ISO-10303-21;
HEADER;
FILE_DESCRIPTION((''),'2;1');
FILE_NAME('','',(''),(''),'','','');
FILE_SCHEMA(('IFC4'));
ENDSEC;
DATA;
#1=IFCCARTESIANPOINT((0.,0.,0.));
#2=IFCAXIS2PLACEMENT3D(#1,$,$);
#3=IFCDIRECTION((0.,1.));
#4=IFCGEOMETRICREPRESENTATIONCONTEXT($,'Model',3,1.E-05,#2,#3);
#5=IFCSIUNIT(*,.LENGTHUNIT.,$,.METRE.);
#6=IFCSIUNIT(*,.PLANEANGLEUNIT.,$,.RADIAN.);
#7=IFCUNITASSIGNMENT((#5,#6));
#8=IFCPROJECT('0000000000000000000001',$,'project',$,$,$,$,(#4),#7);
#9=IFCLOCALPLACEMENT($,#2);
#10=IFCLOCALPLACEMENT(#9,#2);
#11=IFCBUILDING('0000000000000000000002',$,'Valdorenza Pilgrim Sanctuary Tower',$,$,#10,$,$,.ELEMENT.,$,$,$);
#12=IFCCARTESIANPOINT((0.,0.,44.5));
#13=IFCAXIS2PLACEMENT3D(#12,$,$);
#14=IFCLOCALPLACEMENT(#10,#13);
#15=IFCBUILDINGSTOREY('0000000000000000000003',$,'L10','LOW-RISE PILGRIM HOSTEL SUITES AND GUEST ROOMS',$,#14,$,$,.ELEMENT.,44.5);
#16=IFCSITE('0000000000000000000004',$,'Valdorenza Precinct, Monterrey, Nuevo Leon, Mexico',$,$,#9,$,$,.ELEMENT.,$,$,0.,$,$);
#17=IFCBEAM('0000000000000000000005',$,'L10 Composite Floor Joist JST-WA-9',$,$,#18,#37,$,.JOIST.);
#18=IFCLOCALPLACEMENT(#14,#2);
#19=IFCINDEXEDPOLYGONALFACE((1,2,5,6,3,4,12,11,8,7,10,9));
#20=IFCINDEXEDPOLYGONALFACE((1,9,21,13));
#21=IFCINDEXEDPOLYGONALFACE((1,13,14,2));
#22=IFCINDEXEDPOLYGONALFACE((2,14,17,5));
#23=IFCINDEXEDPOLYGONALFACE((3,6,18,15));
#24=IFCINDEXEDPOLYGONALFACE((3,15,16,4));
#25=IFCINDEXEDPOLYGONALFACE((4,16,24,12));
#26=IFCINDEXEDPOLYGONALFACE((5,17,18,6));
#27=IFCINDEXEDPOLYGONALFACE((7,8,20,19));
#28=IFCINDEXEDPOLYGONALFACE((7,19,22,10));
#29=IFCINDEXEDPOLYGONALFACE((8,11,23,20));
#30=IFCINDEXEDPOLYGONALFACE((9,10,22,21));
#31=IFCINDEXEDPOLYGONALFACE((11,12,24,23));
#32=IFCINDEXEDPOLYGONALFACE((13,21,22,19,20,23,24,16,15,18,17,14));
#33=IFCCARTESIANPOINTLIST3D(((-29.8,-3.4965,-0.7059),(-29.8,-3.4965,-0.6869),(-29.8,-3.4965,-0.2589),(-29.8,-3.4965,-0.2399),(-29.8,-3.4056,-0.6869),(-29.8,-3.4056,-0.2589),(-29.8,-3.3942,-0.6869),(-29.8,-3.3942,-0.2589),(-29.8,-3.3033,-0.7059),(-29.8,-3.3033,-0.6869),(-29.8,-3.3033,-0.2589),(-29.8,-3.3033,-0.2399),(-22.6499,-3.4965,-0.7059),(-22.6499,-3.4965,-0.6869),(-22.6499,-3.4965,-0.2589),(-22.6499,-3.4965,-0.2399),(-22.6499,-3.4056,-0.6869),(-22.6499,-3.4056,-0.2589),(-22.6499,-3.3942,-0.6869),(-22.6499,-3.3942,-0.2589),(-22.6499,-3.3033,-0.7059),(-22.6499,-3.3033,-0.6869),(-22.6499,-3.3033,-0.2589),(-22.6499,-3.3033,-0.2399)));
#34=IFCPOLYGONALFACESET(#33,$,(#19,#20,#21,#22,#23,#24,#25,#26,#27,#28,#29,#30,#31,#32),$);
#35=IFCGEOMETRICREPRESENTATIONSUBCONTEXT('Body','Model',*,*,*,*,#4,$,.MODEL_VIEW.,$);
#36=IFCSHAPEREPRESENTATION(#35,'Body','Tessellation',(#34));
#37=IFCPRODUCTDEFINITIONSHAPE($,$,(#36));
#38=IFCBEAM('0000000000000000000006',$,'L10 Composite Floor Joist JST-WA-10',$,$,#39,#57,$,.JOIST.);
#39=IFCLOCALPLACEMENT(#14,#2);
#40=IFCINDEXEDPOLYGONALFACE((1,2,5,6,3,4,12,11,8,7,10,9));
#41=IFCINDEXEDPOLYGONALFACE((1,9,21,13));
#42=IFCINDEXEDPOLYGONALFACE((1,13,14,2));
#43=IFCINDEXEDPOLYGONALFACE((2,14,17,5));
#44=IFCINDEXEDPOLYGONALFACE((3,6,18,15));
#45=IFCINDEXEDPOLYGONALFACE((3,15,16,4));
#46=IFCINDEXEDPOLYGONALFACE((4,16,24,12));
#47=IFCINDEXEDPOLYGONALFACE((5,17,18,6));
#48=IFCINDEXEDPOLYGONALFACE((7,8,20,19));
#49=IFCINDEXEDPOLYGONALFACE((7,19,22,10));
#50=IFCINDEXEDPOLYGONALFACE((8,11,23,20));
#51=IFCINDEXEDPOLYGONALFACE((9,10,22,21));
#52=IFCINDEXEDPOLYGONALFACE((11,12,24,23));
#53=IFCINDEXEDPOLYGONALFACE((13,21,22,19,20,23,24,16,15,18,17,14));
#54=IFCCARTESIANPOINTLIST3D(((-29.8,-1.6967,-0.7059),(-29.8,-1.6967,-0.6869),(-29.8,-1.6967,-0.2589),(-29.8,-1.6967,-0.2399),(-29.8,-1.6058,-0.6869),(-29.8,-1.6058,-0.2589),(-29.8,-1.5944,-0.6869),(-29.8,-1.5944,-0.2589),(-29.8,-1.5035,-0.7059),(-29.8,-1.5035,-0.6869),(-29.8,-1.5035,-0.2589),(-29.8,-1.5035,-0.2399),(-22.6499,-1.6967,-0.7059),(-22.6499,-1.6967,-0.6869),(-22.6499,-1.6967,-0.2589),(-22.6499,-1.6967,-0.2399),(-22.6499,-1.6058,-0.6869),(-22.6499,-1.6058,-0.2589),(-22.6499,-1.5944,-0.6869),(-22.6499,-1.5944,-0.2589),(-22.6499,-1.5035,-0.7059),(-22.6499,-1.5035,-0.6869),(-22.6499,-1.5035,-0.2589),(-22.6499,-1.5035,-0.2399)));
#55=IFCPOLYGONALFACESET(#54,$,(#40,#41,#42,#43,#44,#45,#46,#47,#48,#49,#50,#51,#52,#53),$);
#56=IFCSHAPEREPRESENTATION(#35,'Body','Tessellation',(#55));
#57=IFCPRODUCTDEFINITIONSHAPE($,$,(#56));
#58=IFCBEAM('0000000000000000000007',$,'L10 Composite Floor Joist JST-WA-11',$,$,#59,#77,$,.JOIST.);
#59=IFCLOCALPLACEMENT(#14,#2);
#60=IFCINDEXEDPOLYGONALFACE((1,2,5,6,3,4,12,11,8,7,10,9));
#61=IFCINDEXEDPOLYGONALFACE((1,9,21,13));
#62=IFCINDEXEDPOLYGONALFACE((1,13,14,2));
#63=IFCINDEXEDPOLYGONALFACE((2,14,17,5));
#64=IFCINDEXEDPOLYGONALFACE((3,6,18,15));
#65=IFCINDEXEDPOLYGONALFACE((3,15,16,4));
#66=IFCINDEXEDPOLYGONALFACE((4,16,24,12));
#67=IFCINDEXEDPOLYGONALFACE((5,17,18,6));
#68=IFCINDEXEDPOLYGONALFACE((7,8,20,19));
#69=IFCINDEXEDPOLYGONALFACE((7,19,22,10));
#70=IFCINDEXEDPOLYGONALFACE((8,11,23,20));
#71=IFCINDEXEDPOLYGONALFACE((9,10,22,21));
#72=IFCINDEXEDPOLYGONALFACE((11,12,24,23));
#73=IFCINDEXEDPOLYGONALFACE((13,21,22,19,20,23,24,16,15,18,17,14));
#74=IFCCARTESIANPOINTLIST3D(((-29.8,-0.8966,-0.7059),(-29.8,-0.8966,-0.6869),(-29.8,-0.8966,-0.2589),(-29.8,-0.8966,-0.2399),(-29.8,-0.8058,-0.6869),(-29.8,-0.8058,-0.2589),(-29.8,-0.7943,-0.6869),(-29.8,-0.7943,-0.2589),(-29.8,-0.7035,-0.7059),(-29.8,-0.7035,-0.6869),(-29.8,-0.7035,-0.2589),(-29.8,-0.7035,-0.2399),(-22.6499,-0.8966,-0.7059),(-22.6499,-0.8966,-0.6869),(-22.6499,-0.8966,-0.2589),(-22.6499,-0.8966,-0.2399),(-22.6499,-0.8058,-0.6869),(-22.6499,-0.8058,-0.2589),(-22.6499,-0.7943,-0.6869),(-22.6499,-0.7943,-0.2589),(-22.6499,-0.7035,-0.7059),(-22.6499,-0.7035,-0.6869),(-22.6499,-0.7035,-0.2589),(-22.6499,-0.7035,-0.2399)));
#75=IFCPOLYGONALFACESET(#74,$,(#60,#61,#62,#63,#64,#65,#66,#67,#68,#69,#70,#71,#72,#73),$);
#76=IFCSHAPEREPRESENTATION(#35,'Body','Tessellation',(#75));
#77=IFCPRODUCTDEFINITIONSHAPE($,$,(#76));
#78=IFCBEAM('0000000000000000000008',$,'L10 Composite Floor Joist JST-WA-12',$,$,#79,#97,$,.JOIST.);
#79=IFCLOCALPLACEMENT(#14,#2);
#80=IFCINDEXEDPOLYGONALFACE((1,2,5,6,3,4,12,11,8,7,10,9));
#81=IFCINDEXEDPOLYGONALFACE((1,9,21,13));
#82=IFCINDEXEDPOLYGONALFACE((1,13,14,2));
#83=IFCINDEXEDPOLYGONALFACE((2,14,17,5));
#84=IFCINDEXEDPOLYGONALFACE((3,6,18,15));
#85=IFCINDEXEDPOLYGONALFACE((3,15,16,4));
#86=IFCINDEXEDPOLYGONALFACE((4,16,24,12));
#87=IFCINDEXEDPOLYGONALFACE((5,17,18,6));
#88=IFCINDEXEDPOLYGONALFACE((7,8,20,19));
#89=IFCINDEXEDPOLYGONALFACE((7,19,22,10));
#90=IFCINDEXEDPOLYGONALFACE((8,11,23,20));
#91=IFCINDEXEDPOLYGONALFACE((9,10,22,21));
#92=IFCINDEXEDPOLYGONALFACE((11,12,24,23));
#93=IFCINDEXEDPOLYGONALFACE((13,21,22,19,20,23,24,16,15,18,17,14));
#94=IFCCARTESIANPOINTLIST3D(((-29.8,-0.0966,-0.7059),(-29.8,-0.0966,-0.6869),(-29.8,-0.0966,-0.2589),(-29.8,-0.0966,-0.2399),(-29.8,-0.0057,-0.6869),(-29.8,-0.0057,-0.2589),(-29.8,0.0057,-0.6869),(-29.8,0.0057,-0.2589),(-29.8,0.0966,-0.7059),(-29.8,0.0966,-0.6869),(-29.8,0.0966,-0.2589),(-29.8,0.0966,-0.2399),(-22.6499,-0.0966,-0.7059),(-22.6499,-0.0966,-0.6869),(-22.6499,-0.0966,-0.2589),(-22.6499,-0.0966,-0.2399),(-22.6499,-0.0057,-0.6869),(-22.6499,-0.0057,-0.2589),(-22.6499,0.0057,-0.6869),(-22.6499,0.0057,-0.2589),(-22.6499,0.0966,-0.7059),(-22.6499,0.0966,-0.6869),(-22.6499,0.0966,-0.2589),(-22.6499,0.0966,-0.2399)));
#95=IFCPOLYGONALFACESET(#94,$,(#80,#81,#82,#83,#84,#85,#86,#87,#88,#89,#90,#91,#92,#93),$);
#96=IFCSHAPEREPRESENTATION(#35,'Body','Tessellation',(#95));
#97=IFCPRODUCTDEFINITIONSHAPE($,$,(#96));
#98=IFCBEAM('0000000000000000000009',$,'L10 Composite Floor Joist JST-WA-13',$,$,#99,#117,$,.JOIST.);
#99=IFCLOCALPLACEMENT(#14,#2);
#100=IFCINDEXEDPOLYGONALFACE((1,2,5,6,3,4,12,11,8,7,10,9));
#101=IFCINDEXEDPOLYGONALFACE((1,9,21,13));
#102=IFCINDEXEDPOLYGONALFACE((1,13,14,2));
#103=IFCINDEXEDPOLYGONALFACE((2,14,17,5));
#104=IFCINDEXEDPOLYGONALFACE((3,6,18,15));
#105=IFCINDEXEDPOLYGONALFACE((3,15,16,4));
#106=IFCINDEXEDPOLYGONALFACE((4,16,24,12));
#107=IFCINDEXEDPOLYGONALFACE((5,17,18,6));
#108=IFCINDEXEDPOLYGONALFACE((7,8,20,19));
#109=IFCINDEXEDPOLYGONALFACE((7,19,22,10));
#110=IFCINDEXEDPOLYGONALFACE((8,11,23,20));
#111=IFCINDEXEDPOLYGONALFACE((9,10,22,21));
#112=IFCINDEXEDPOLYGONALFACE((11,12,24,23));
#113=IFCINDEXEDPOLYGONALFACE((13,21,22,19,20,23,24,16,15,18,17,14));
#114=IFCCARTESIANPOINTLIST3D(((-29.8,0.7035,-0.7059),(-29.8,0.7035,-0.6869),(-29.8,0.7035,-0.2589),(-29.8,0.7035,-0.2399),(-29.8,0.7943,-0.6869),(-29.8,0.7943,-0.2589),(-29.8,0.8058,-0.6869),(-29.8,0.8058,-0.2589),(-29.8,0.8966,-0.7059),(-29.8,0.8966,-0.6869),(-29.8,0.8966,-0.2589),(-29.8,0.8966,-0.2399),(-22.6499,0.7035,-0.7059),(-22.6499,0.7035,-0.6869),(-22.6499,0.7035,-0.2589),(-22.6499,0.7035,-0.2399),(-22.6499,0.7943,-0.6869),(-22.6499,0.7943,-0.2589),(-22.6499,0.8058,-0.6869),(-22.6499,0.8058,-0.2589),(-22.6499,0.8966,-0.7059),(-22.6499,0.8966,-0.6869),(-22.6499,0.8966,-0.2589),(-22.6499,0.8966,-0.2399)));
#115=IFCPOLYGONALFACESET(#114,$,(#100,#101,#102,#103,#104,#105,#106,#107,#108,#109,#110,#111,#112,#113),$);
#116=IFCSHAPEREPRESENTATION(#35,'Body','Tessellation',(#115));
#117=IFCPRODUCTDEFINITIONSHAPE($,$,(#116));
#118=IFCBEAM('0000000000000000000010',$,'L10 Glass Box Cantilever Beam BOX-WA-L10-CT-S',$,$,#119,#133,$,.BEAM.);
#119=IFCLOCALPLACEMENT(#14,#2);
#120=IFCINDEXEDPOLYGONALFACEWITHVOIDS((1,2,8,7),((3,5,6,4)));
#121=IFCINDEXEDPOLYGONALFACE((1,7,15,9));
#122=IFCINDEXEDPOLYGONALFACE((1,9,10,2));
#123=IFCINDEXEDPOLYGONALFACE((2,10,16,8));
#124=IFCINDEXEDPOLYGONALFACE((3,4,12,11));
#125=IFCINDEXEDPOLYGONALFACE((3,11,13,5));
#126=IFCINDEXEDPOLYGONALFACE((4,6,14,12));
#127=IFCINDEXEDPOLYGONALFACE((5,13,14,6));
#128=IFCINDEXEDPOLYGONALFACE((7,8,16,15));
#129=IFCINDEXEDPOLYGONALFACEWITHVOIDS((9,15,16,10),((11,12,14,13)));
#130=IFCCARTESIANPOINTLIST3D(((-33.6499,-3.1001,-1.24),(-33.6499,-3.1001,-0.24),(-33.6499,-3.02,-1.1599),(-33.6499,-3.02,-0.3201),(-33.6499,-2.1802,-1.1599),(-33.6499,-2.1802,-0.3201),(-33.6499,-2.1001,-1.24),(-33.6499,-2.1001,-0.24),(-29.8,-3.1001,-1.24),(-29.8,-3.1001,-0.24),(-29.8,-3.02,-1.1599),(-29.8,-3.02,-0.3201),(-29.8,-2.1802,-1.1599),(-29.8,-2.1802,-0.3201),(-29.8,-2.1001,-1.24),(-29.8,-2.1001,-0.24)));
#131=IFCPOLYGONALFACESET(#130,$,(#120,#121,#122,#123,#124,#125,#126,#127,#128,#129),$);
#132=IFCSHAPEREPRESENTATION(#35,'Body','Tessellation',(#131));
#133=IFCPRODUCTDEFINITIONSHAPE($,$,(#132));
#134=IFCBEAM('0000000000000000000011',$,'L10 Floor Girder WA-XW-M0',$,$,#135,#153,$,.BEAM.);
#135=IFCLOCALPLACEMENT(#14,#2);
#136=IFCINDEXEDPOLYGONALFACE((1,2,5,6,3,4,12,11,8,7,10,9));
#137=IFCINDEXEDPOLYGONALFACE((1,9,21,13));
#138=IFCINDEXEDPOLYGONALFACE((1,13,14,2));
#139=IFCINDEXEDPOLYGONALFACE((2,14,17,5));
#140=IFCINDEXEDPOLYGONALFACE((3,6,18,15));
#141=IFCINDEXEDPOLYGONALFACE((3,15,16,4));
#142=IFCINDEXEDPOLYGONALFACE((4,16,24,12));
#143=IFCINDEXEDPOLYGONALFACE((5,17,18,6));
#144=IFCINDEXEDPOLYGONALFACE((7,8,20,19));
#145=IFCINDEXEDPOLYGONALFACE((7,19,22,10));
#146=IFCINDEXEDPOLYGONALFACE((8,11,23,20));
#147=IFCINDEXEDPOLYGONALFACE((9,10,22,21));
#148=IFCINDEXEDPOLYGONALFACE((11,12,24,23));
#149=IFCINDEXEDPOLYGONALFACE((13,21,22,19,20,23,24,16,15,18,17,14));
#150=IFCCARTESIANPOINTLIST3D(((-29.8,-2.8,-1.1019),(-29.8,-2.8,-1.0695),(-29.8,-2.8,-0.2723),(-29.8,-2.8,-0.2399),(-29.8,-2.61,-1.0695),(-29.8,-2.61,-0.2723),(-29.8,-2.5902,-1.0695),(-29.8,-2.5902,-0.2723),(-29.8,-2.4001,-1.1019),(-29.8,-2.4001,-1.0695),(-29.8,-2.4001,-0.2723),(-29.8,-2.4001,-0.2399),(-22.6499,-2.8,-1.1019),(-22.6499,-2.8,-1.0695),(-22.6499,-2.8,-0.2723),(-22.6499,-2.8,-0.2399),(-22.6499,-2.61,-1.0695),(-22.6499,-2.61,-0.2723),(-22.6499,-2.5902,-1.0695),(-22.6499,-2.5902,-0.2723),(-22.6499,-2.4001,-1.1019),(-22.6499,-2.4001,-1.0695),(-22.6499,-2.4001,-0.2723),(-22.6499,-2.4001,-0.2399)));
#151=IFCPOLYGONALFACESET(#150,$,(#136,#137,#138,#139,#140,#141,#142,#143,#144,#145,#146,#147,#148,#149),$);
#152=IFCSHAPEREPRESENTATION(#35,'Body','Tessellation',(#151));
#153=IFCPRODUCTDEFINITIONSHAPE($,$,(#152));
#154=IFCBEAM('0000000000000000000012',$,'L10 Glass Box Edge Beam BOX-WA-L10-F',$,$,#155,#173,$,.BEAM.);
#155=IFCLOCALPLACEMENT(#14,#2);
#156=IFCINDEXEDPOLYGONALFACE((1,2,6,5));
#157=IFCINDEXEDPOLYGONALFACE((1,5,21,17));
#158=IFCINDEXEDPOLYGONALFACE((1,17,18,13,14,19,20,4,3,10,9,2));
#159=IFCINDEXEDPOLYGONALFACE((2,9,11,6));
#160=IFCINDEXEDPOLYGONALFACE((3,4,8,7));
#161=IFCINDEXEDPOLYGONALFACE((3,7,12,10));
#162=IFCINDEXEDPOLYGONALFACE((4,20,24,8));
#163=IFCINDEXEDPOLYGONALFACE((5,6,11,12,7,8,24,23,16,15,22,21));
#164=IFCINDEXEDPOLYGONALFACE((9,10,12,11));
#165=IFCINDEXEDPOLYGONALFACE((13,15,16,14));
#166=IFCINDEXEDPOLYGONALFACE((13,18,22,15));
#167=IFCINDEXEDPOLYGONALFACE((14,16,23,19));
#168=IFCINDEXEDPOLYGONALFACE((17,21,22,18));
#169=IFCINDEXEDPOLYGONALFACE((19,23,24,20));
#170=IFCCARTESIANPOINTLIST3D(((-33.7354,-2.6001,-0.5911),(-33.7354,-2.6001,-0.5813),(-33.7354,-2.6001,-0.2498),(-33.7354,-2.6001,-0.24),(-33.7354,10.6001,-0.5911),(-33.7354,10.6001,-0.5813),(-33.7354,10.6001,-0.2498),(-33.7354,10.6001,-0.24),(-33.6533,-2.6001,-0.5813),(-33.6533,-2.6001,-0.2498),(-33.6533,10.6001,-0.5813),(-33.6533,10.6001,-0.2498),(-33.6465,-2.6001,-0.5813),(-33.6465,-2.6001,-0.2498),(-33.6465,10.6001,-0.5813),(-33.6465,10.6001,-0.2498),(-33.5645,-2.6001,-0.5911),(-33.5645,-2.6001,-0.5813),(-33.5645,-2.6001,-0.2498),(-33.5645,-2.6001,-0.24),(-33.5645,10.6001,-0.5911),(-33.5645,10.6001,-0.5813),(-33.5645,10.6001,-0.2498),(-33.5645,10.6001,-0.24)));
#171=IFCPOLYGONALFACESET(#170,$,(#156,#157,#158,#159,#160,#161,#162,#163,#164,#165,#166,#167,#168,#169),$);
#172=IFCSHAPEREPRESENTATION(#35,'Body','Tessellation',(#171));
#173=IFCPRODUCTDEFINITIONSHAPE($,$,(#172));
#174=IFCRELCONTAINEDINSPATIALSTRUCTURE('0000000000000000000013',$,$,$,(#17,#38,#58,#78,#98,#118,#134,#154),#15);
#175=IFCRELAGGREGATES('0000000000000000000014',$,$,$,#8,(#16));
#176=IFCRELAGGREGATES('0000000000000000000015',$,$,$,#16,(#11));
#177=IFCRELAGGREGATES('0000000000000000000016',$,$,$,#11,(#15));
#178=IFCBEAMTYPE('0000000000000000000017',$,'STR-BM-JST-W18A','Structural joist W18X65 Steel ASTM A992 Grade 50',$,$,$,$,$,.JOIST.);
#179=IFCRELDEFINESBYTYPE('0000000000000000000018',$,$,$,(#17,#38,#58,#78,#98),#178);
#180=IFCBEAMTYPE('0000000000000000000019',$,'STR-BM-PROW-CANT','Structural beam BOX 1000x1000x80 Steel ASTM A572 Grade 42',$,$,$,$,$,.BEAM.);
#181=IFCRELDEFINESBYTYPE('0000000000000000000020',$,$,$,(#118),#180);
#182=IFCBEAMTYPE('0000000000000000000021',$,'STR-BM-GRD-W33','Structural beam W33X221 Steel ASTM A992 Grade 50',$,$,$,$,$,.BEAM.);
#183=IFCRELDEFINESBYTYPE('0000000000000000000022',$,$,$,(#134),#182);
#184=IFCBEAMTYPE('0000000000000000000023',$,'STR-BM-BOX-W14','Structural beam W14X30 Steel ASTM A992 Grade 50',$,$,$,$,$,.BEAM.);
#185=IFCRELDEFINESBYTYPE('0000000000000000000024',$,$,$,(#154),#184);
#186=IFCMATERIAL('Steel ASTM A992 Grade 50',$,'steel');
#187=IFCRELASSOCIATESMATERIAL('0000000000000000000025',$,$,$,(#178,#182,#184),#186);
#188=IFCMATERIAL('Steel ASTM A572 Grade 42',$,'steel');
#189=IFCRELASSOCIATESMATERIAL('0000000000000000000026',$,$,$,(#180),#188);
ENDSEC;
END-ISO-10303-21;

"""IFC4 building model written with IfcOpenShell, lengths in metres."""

from ifc_helpers import new_model, si_unit, direction, frame, origin, origin_2d, place, context, subcontext, project, spatial, hollow_rectangle, i_section, extrude, source, transform, mapped, material, material_profile, profile_set, type_object, element, save


model = new_model("IFC4")

# Units and contexts
model_context = context("Model", 3, precision=1e-05, world=origin(), true_north=direction((0.0, 1.0)))
body_context = subcontext(model_context, "Body", "Model", "MODEL_VIEW")
ifc_project = project(units=[si_unit("LENGTHUNIT", "METRE"), si_unit("PLANEANGLEUNIT", "RADIAN")], contexts=[model_context])

# Site, building, storey
site_placement = place(None, origin())
site = spatial("IfcSite", under=ifc_project, at=site_placement, Name="Valdorenza Precinct, Monterrey, Nuevo Leon, Mexico", CompositionType="ELEMENT", RefElevation=0.0)
building_placement = place(site_placement, origin())
building = spatial("IfcBuilding", under=site, at=building_placement, Name="Valdorenza Pilgrim Sanctuary Tower", CompositionType="ELEMENT")
storey_placement = place(building_placement, frame((0.0, 0.0, 44.5)))
storey = spatial("IfcBuildingStorey", under=building, at=storey_placement, Name="L10", Description="LOW-RISE PILGRIM HOSTEL SUITES AND GUEST ROOMS", CompositionType="ELEMENT", Elevation=44.5)

# Beams
ifc_material_1 = material(Name="Steel ASTM A992 Grade 50", Category="steel")
ifc_material_profile_1 = material_profile(ifc_material_1, i_section(OverallWidth=0.1931, OverallDepth=0.4661, WebThickness=0.0115, FlangeThickness=0.019, at=origin_2d()), Name="W18X65")
ifc_profile_set_1 = profile_set([ifc_material_profile_1], Name="Steel ASTM A992 Grade 50")
beam_type_1 = type_object("IfcBeamType", Name="STR-BM-JST-W18A", Description="Structural joist W18X65 Steel ASTM A992 Grade 50", PredefinedType="JOIST", material=ifc_profile_set_1)
shared_shape_1 = source(origin(), body_context, "Body", "SweptSolid", [
    extrude(i_section(OverallWidth=0.1931, OverallDepth=0.4661, WebThickness=0.0115, FlangeThickness=0.019, at=origin_2d()), origin(), (0.0, 0.0, 1.0), 7.1501),
])
for number, where, z_axis, x_axis, name in (
    (1, (-29.8, -3.3999, -0.4729), (1.0, 0.0, 0.0), (0.0, 1.0, 0.0), "L10 Composite Floor Joist JST-WA-9"),
    (2, (-29.8, -1.6001, -0.4729), (1.0, 0.0, 0.0), (0.0, 1.0, 0.0), "L10 Composite Floor Joist JST-WA-10"),
    (3, (-29.8, -0.8, -0.4729), (1.0, 0.0, 0.0), (0.0, 1.0, 0.0), "L10 Composite Floor Joist JST-WA-11"),
    (4, (-29.8, 0.0, -0.4729), (1.0, 0.0, 0.0), (0.0, 1.0, 0.0), "L10 Composite Floor Joist JST-WA-12"),
    (5, (-29.8, 0.8, -0.4729), (1.0, 0.0, 0.0), (0.0, 1.0, 0.0), "L10 Composite Floor Joist JST-WA-13"),
):
    element("IfcBeam", number, at=place(storey_placement, frame(where, z_axis=z_axis, x_axis=x_axis)), inside=storey, type_object=beam_type_1, Name=name, PredefinedType="JOIST", context=body_context, shape_type="MappedRepresentation", body=[
        mapped(shared_shape_1, transform((0.0, 0.0, 0.0), x_axis=(1.0, 0.0, 0.0), y_axis=(0.0, 1.0, 0.0), z_axis=(0.0, 0.0, 1.0), scale=1.0)),
    ])
ifc_material_2 = material(Name="Steel ASTM A572 Grade 42", Category="steel")
ifc_material_profile_2 = material_profile(ifc_material_2, hollow_rectangle(XDim=1.0, YDim=1.0, WallThickness=0.0801, at=origin_2d()), Name="BOX 1000x1000x80")
ifc_profile_set_2 = profile_set([ifc_material_profile_2], Name="Steel ASTM A572 Grade 42")
beam_type_2 = type_object("IfcBeamType", Name="STR-BM-PROW-CANT", Description="Structural beam BOX 1000x1000x80 Steel ASTM A572 Grade 42", PredefinedType="BEAM", material=ifc_profile_set_2)
shared_shape_2 = source(origin(), body_context, "Body", "SweptSolid", [
    extrude(hollow_rectangle(XDim=1.0, YDim=1.0, WallThickness=0.0801, at=origin_2d()), origin(), (0.0, 0.0, 1.0), 3.8499),
])
beam_1_placement = place(storey_placement, frame((-29.8, -2.6001, -0.74), z_axis=(-1.0, 0.0, 0.0), x_axis=(0.0, -1.0, 0.0)))
element("IfcBeam", 6, at=beam_1_placement, inside=storey, type_object=beam_type_2, Name="L10 Glass Box Cantilever Beam BOX-WA-L10-CT-S", PredefinedType="BEAM", context=body_context, shape_type="MappedRepresentation", body=[
    mapped(shared_shape_2, transform((0.0, 0.0, 0.0), x_axis=(1.0, 0.0, 0.0), y_axis=(0.0, 1.0, 0.0), z_axis=(0.0, 0.0, 1.0), scale=1.0)),
])
ifc_material_profile_3 = material_profile(ifc_material_1, i_section(OverallWidth=0.3999, OverallDepth=0.8621, WebThickness=0.0198, FlangeThickness=0.0325, at=origin_2d()), Name="W33X221")
ifc_profile_set_3 = profile_set([ifc_material_profile_3], Name="Steel ASTM A992 Grade 50")
beam_type_3 = type_object("IfcBeamType", Name="STR-BM-GRD-W33", Description="Structural beam W33X221 Steel ASTM A992 Grade 50", PredefinedType="BEAM", material=ifc_profile_set_3)
shared_shape_3 = source(origin(), body_context, "Body", "SweptSolid", [
    extrude(i_section(OverallWidth=0.3999, OverallDepth=0.8621, WebThickness=0.0198, FlangeThickness=0.0325, at=origin_2d()), origin(), (0.0, 0.0, 1.0), 7.1501),
])
beam_2_placement = place(storey_placement, frame((-29.8, -2.6001, -0.6709), z_axis=(1.0, 0.0, 0.0), x_axis=(0.0, 1.0, 0.0)))
element("IfcBeam", 7, at=beam_2_placement, inside=storey, type_object=beam_type_3, Name="L10 Floor Girder WA-XW-M0", PredefinedType="BEAM", context=body_context, shape_type="MappedRepresentation", body=[
    mapped(shared_shape_3, transform((0.0, 0.0, 0.0), x_axis=(1.0, 0.0, 0.0), y_axis=(0.0, 1.0, 0.0), z_axis=(0.0, 0.0, 1.0), scale=1.0)),
])
ifc_material_profile_4 = material_profile(ifc_material_1, i_section(OverallWidth=0.1709, OverallDepth=0.3511, WebThickness=0.0068, FlangeThickness=0.0098, at=origin_2d()), Name="W14X30")
ifc_profile_set_4 = profile_set([ifc_material_profile_4], Name="Steel ASTM A992 Grade 50")
beam_type_4 = type_object("IfcBeamType", Name="STR-BM-BOX-W14", Description="Structural beam W14X30 Steel ASTM A992 Grade 50", PredefinedType="BEAM", material=ifc_profile_set_4)
shared_shape_4 = source(origin(), body_context, "Body", "SweptSolid", [
    extrude(i_section(OverallWidth=0.1709, OverallDepth=0.3511, WebThickness=0.0068, FlangeThickness=0.0098, at=origin_2d()), origin(), (0.0, 0.0, 1.0), 13.2002),
])
beam_3_placement = place(storey_placement, frame((-33.6499, -2.6001, -0.4155), z_axis=(0.0, 1.0, 0.0), x_axis=(-1.0, 0.0, 0.0)))
element("IfcBeam", 8, at=beam_3_placement, inside=storey, type_object=beam_type_4, Name="L10 Glass Box Edge Beam BOX-WA-L10-F", PredefinedType="BEAM", context=body_context, shape_type="MappedRepresentation", body=[
    mapped(shared_shape_4, transform((0.0, 0.0, 0.0), x_axis=(1.0, 0.0, 0.0), y_axis=(0.0, 1.0, 0.0), z_axis=(0.0, 0.0, 1.0), scale=1.0)),
])

save(model, "model.ifc")
